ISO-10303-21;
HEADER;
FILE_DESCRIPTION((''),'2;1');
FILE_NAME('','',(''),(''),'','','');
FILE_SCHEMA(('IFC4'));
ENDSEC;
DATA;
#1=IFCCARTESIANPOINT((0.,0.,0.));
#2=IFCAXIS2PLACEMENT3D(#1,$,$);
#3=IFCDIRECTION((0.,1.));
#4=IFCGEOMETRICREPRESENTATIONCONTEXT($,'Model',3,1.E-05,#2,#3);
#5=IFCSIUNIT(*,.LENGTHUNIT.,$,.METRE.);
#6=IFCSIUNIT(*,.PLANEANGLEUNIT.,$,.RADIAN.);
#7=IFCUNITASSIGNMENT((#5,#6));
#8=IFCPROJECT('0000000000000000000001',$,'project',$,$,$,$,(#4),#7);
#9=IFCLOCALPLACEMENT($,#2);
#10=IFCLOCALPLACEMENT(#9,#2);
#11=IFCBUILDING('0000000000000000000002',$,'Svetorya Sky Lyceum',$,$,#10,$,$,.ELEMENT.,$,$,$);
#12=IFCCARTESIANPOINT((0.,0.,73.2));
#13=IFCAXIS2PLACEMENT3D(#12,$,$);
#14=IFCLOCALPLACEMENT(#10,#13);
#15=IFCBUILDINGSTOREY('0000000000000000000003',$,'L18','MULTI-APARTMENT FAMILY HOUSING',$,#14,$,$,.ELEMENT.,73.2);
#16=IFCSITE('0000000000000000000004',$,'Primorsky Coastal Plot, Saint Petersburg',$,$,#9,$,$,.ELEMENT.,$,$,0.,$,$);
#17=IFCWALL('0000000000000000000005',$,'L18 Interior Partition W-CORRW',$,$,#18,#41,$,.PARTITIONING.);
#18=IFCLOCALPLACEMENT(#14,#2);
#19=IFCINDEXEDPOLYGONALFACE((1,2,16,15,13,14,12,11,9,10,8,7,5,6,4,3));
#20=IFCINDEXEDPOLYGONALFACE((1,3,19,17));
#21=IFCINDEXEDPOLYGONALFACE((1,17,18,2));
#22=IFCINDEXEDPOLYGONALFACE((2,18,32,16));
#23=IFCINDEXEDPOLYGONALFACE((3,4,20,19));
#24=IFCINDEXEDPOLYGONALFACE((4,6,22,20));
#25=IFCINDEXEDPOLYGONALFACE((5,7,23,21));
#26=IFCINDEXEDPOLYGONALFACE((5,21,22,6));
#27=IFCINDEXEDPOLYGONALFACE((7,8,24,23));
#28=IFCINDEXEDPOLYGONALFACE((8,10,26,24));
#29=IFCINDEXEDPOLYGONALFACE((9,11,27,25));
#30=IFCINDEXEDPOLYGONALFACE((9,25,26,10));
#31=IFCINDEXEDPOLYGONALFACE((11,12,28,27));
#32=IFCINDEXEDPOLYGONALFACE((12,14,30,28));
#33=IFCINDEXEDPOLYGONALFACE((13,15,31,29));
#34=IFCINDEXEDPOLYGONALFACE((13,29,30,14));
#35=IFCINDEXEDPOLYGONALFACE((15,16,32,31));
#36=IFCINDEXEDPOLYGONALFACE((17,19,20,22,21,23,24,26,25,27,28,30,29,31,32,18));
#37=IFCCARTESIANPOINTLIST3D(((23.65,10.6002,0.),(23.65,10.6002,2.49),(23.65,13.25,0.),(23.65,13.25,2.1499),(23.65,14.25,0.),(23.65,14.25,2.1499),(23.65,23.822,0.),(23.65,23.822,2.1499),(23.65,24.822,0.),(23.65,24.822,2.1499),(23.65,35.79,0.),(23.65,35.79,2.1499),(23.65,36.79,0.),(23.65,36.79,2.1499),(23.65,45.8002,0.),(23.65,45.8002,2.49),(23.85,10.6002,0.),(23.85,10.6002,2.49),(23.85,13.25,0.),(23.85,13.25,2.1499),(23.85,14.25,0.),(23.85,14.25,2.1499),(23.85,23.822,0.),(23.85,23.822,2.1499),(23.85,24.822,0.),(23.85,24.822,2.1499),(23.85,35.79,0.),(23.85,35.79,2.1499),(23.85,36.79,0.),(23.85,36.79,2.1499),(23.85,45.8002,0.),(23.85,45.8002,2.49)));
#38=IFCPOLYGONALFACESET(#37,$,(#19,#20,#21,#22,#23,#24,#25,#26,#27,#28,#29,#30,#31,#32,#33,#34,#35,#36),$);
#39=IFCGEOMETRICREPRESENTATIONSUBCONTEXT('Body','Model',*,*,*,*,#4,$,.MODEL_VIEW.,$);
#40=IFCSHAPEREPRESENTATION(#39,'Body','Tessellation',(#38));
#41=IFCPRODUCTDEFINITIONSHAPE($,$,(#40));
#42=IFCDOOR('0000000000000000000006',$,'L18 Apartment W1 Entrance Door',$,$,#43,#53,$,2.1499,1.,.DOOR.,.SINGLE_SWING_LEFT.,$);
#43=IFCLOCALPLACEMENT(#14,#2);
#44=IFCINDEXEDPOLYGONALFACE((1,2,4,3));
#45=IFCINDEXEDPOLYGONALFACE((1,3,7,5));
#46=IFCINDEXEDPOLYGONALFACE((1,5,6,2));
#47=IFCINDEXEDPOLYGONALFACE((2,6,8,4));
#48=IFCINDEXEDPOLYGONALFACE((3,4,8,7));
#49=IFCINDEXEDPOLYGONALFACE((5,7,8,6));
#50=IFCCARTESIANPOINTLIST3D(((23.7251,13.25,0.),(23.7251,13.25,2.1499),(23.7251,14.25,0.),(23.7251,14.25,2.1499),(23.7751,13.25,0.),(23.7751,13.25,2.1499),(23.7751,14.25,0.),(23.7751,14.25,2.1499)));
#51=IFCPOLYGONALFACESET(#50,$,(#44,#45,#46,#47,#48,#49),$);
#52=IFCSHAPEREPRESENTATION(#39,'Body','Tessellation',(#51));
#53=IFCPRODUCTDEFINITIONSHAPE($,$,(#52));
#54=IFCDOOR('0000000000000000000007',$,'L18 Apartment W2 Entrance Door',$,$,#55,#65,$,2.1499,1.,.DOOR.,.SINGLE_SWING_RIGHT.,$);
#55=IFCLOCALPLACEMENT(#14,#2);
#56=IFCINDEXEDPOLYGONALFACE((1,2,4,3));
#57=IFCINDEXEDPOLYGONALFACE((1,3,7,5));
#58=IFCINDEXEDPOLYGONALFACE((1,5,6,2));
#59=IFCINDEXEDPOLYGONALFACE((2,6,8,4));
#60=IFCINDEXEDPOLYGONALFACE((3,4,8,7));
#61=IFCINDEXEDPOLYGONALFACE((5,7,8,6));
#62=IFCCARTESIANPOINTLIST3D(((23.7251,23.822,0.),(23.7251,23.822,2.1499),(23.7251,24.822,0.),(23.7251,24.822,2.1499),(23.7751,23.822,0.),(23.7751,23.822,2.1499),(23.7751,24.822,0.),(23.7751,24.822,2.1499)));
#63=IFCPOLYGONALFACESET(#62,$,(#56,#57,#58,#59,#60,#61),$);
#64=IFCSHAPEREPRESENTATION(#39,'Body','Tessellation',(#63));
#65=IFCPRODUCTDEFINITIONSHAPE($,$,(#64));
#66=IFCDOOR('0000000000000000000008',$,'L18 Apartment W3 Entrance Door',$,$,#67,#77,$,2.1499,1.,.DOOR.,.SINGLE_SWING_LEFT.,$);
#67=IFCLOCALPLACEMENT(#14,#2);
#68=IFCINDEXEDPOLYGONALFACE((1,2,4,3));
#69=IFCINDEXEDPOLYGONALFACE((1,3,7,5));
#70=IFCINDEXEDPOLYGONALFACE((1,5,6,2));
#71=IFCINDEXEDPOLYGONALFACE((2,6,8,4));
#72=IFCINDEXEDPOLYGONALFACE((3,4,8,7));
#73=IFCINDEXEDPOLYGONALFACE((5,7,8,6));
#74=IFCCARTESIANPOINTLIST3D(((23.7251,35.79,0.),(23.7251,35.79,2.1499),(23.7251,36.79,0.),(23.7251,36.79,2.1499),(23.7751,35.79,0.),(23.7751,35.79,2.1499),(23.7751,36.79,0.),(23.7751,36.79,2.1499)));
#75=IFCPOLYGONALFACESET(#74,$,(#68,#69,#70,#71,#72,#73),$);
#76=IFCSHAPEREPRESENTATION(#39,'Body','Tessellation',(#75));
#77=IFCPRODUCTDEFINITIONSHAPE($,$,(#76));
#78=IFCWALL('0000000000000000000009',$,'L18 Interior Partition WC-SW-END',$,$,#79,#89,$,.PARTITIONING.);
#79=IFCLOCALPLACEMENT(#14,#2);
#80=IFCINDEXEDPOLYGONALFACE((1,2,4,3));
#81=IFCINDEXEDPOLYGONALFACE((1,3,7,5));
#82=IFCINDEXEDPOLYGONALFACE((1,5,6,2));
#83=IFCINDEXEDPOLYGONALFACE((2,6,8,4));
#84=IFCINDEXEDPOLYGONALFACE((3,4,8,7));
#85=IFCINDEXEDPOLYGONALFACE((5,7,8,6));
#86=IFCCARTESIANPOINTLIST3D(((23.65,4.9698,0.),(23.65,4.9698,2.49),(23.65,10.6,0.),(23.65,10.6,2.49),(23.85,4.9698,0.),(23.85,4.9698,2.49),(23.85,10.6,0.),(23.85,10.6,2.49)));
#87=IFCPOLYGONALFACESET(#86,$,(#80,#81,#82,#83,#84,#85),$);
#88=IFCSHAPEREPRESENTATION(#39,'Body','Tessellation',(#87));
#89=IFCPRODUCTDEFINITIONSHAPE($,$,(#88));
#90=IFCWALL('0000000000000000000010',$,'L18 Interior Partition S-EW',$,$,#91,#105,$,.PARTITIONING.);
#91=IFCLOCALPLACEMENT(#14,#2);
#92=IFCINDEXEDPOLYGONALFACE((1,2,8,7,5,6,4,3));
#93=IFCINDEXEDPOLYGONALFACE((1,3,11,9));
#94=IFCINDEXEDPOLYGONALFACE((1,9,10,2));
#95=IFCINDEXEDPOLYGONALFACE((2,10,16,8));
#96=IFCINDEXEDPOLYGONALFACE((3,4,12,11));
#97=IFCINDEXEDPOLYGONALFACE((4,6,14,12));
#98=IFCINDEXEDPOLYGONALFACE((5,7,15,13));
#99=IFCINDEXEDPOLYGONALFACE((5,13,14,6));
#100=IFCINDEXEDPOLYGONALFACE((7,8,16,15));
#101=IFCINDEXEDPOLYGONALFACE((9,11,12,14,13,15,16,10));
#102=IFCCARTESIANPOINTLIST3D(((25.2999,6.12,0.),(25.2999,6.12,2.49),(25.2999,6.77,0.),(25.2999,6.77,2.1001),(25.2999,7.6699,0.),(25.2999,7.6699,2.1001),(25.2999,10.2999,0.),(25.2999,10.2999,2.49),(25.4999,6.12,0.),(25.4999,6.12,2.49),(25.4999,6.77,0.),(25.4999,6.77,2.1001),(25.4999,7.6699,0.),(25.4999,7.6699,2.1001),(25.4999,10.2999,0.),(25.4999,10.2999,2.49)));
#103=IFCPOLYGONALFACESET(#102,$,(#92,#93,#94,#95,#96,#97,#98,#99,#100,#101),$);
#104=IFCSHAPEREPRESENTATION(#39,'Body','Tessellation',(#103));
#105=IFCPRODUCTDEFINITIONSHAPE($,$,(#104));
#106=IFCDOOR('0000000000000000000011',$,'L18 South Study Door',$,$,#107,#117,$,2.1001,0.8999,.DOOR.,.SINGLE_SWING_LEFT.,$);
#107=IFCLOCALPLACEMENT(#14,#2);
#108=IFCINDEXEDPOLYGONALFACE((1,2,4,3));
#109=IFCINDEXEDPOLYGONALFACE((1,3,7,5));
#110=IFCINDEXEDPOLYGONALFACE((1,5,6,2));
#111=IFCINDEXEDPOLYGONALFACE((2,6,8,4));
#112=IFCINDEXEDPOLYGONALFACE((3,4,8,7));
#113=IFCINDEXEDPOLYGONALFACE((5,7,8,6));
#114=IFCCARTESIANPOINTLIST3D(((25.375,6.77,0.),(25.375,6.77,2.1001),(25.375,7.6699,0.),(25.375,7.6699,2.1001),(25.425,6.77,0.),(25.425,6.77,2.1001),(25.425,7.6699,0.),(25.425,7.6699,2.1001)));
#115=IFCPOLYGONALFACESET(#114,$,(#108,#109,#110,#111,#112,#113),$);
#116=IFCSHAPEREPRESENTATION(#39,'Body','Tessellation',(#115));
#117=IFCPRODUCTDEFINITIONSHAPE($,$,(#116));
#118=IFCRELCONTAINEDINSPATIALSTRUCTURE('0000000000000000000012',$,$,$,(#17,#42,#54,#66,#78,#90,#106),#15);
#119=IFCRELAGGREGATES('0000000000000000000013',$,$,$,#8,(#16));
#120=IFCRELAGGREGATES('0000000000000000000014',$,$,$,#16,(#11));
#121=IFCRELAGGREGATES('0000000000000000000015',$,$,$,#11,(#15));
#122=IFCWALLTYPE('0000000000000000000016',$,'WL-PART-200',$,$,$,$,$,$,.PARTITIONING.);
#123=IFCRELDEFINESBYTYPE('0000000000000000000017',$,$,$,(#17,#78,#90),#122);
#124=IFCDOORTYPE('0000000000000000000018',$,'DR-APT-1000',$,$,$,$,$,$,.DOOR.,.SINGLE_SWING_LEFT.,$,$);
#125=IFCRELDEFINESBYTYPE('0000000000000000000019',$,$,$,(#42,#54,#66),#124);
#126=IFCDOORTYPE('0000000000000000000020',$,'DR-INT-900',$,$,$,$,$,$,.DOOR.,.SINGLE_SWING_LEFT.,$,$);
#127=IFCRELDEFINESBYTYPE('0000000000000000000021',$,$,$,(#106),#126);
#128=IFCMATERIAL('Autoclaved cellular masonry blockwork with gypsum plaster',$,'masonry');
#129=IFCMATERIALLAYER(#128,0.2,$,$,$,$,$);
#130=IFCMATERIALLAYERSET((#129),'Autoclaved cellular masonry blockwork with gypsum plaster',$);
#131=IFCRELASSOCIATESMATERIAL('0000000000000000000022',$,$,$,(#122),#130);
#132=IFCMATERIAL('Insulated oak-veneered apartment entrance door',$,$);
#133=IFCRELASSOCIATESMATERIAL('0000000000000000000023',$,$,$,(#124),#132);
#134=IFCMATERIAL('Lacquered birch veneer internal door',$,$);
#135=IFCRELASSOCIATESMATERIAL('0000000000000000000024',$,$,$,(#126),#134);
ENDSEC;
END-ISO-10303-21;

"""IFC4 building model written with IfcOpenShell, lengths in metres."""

from ifc_helpers import new_model, si_unit, direction, frame, frame_2d, origin, place, context, subcontext, project, spatial, rectangle, extrude, material, layer, layer_set, type_object, element, fill, save


model = new_model("IFC4")

# Units and contexts
model_context = context("Model", 3, precision=1e-05, world=origin(), true_north=direction((0.0, 1.0)))
body_context = subcontext(model_context, "Body", "Model", "MODEL_VIEW")
ifc_project = project(units=[si_unit("LENGTHUNIT", "METRE"), si_unit("PLANEANGLEUNIT", "RADIAN")], contexts=[model_context])

# Site, building, storey
site_placement = place(None, origin())
site = spatial("IfcSite", under=ifc_project, at=site_placement, Name="Primorsky Coastal Plot, Saint Petersburg", CompositionType="ELEMENT", RefElevation=0.0)
building_placement = place(site_placement, origin())
building = spatial("IfcBuilding", under=site, at=building_placement, Name="Svetorya Sky Lyceum", CompositionType="ELEMENT")
storey_placement = place(building_placement, frame((0.0, 0.0, 73.2)))
storey = spatial("IfcBuildingStorey", under=building, at=storey_placement, Name="L18", Description="MULTI-APARTMENT FAMILY HOUSING", CompositionType="ELEMENT", Elevation=73.2)

# Wall, openings, doors
ifc_material_1 = material(Name="Autoclaved cellular masonry blockwork with gypsum plaster", Category="masonry")
ifc_layer_1 = layer(ifc_material_1, 0.2)
ifc_layer_set_1 = layer_set([ifc_layer_1], Name="Autoclaved cellular masonry blockwork with gypsum plaster")
wall_type_1 = type_object("IfcWallType", Name="WL-PART-200", PredefinedType="PARTITIONING", material=ifc_layer_set_1)
wall_1_placement = place(storey_placement, frame((23.75, 10.6001, 0.0), z_axis=(0.0, 0.0, 1.0), x_axis=(0.0, 1.0, 0.0)))
wall_1 = element("IfcWall", 1, at=wall_1_placement, inside=storey, type_object=wall_type_1, Name="L18 Interior Partition W-CORRW", PredefinedType="PARTITIONING", context=body_context, shape_type="SweptSolid", body=[
    extrude(rectangle(XDim=35.2, YDim=0.2, at=frame_2d((17.6001, 0.0))), origin(), (0.0, 0.0, 1.0), 2.49),
])
opening_1_placement = place(wall_1_placement, frame((2.6499, 0.0, 0.0)))
opening_1 = element("IfcOpeningElement", 2, at=opening_1_placement, cuts=wall_1, PredefinedType="OPENING", context=body_context, shape_type="SweptSolid", body=[
    extrude(rectangle(XDim=1.0, YDim=2.1499, at=frame_2d((0.5, 1.075))), frame((0.0, 0.1099, 0.0), z_axis=(0.0, -1.0, 0.0), x_axis=(1.0, 0.0, 0.0)), (0.0, 0.0, 1.0), 0.22),
])
opening_2_placement = place(wall_1_placement, frame((13.2219, 0.0, 0.0)))
opening_2 = element("IfcOpeningElement", 3, at=opening_2_placement, cuts=wall_1, PredefinedType="OPENING", context=body_context, shape_type="SweptSolid", body=[
    extrude(rectangle(XDim=1.0, YDim=2.1499, at=frame_2d((0.5, 1.075))), frame((0.0, 0.1099, 0.0), z_axis=(0.0, -1.0, 0.0), x_axis=(1.0, 0.0, 0.0)), (0.0, 0.0, 1.0), 0.22),
])
opening_3_placement = place(wall_1_placement, frame((25.1899, 0.0, 0.0)))
opening_3 = element("IfcOpeningElement", 4, at=opening_3_placement, cuts=wall_1, PredefinedType="OPENING", context=body_context, shape_type="SweptSolid", body=[
    extrude(rectangle(XDim=1.0, YDim=2.1499, at=frame_2d((0.5, 1.075))), frame((0.0, 0.1099, 0.0), z_axis=(0.0, -1.0, 0.0), x_axis=(1.0, 0.0, 0.0)), (0.0, 0.0, 1.0), 0.22),
])
ifc_material_2 = material(Name="Insulated oak-veneered apartment entrance door")
door_type_1 = type_object("IfcDoorType", Name="DR-APT-1000", OperationType="SINGLE_SWING_LEFT", PredefinedType="DOOR", material=ifc_material_2)
door_1_placement = place(opening_1_placement, origin())
door_1 = element("IfcDoor", 5, at=door_1_placement, inside=storey, type_object=door_type_1, Name="L18 Apartment W1 Entrance Door", OperationType="SINGLE_SWING_LEFT", OverallHeight=2.1499, OverallWidth=1.0, PredefinedType="DOOR", context=body_context, shape_type="SweptSolid", body=[
    extrude(rectangle(XDim=1.0, YDim=2.1499, at=frame_2d((0.5, 1.075))), frame((0.0, 0.0249, 0.0), z_axis=(0.0, -1.0, 0.0), x_axis=(1.0, 0.0, 0.0)), (0.0, 0.0, 1.0), 0.05),
])
fill(opening_1, door_1)
door_2_placement = place(opening_2_placement, origin())
door_2 = element("IfcDoor", 6, at=door_2_placement, inside=storey, type_object=door_type_1, Name="L18 Apartment W2 Entrance Door", OperationType="SINGLE_SWING_RIGHT", OverallHeight=2.1499, OverallWidth=1.0, PredefinedType="DOOR", context=body_context, shape_type="SweptSolid", body=[
    extrude(rectangle(XDim=1.0, YDim=2.1499, at=frame_2d((0.5, 1.075))), frame((0.0, 0.0249, 0.0), z_axis=(0.0, -1.0, 0.0), x_axis=(1.0, 0.0, 0.0)), (0.0, 0.0, 1.0), 0.05),
])
fill(opening_2, door_2)
door_3_placement = place(opening_3_placement, origin())
door_3 = element("IfcDoor", 7, at=door_3_placement, inside=storey, type_object=door_type_1, Name="L18 Apartment W3 Entrance Door", OperationType="SINGLE_SWING_LEFT", OverallHeight=2.1499, OverallWidth=1.0, PredefinedType="DOOR", context=body_context, shape_type="SweptSolid", body=[
    extrude(rectangle(XDim=1.0, YDim=2.1499, at=frame_2d((0.5, 1.075))), frame((0.0, 0.0249, 0.0), z_axis=(0.0, -1.0, 0.0), x_axis=(1.0, 0.0, 0.0)), (0.0, 0.0, 1.0), 0.05),
])
fill(opening_3, door_3)

# Wall
wall_2_placement = place(storey_placement, frame((23.75, 4.97, 0.0), z_axis=(0.0, 0.0, 1.0), x_axis=(0.0, 1.0, 0.0)))
element("IfcWall", 8, at=wall_2_placement, inside=storey, type_object=wall_type_1, Name="L18 Interior Partition WC-SW-END", PredefinedType="PARTITIONING", context=body_context, shape_type="SweptSolid", body=[
    extrude(rectangle(XDim=5.6301, YDim=0.2, at=frame_2d((2.8149, 0.0))), origin(), (0.0, 0.0, 1.0), 2.49),
])

# Wall, opening, door
wall_3_placement = place(storey_placement, frame((25.3999, 6.1201, 0.0), z_axis=(0.0, 0.0, 1.0), x_axis=(0.0, 1.0, 0.0)))
wall_3 = element("IfcWall", 9, at=wall_3_placement, inside=storey, type_object=wall_type_1, Name="L18 Interior Partition S-EW", PredefinedType="PARTITIONING", context=body_context, shape_type="SweptSolid", body=[
    extrude(rectangle(XDim=4.1799, YDim=0.2, at=frame_2d((2.0898, 0.0))), origin(), (0.0, 0.0, 1.0), 2.49),
])
opening_4_placement = place(wall_3_placement, frame((0.6499, 0.0, 0.0)))
opening_4 = element("IfcOpeningElement", 10, at=opening_4_placement, cuts=wall_3, PredefinedType="OPENING", context=body_context, shape_type="SweptSolid", body=[
    extrude(rectangle(XDim=0.8999, YDim=2.1001, at=frame_2d((0.45, 1.05))), frame((0.0, 0.1099, 0.0), z_axis=(0.0, -1.0, 0.0), x_axis=(1.0, 0.0, 0.0)), (0.0, 0.0, 1.0), 0.22),
])
ifc_material_3 = material(Name="Lacquered birch veneer internal door")
door_type_2 = type_object("IfcDoorType", Name="DR-INT-900", OperationType="SINGLE_SWING_LEFT", PredefinedType="DOOR", material=ifc_material_3)
door_4_placement = place(opening_4_placement, origin())
door_4 = element("IfcDoor", 11, at=door_4_placement, inside=storey, type_object=door_type_2, Name="L18 South Study Door", OperationType="SINGLE_SWING_LEFT", OverallHeight=2.1001, OverallWidth=0.8999, PredefinedType="DOOR", context=body_context, shape_type="SweptSolid", body=[
    extrude(rectangle(XDim=0.8999, YDim=2.1001, at=frame_2d((0.45, 1.05))), frame((0.0, 0.0249, 0.0), z_axis=(0.0, -1.0, 0.0), x_axis=(1.0, 0.0, 0.0)), (0.0, 0.0, 1.0), 0.05),
])
fill(opening_4, door_4)

save(model, "model.ifc")
